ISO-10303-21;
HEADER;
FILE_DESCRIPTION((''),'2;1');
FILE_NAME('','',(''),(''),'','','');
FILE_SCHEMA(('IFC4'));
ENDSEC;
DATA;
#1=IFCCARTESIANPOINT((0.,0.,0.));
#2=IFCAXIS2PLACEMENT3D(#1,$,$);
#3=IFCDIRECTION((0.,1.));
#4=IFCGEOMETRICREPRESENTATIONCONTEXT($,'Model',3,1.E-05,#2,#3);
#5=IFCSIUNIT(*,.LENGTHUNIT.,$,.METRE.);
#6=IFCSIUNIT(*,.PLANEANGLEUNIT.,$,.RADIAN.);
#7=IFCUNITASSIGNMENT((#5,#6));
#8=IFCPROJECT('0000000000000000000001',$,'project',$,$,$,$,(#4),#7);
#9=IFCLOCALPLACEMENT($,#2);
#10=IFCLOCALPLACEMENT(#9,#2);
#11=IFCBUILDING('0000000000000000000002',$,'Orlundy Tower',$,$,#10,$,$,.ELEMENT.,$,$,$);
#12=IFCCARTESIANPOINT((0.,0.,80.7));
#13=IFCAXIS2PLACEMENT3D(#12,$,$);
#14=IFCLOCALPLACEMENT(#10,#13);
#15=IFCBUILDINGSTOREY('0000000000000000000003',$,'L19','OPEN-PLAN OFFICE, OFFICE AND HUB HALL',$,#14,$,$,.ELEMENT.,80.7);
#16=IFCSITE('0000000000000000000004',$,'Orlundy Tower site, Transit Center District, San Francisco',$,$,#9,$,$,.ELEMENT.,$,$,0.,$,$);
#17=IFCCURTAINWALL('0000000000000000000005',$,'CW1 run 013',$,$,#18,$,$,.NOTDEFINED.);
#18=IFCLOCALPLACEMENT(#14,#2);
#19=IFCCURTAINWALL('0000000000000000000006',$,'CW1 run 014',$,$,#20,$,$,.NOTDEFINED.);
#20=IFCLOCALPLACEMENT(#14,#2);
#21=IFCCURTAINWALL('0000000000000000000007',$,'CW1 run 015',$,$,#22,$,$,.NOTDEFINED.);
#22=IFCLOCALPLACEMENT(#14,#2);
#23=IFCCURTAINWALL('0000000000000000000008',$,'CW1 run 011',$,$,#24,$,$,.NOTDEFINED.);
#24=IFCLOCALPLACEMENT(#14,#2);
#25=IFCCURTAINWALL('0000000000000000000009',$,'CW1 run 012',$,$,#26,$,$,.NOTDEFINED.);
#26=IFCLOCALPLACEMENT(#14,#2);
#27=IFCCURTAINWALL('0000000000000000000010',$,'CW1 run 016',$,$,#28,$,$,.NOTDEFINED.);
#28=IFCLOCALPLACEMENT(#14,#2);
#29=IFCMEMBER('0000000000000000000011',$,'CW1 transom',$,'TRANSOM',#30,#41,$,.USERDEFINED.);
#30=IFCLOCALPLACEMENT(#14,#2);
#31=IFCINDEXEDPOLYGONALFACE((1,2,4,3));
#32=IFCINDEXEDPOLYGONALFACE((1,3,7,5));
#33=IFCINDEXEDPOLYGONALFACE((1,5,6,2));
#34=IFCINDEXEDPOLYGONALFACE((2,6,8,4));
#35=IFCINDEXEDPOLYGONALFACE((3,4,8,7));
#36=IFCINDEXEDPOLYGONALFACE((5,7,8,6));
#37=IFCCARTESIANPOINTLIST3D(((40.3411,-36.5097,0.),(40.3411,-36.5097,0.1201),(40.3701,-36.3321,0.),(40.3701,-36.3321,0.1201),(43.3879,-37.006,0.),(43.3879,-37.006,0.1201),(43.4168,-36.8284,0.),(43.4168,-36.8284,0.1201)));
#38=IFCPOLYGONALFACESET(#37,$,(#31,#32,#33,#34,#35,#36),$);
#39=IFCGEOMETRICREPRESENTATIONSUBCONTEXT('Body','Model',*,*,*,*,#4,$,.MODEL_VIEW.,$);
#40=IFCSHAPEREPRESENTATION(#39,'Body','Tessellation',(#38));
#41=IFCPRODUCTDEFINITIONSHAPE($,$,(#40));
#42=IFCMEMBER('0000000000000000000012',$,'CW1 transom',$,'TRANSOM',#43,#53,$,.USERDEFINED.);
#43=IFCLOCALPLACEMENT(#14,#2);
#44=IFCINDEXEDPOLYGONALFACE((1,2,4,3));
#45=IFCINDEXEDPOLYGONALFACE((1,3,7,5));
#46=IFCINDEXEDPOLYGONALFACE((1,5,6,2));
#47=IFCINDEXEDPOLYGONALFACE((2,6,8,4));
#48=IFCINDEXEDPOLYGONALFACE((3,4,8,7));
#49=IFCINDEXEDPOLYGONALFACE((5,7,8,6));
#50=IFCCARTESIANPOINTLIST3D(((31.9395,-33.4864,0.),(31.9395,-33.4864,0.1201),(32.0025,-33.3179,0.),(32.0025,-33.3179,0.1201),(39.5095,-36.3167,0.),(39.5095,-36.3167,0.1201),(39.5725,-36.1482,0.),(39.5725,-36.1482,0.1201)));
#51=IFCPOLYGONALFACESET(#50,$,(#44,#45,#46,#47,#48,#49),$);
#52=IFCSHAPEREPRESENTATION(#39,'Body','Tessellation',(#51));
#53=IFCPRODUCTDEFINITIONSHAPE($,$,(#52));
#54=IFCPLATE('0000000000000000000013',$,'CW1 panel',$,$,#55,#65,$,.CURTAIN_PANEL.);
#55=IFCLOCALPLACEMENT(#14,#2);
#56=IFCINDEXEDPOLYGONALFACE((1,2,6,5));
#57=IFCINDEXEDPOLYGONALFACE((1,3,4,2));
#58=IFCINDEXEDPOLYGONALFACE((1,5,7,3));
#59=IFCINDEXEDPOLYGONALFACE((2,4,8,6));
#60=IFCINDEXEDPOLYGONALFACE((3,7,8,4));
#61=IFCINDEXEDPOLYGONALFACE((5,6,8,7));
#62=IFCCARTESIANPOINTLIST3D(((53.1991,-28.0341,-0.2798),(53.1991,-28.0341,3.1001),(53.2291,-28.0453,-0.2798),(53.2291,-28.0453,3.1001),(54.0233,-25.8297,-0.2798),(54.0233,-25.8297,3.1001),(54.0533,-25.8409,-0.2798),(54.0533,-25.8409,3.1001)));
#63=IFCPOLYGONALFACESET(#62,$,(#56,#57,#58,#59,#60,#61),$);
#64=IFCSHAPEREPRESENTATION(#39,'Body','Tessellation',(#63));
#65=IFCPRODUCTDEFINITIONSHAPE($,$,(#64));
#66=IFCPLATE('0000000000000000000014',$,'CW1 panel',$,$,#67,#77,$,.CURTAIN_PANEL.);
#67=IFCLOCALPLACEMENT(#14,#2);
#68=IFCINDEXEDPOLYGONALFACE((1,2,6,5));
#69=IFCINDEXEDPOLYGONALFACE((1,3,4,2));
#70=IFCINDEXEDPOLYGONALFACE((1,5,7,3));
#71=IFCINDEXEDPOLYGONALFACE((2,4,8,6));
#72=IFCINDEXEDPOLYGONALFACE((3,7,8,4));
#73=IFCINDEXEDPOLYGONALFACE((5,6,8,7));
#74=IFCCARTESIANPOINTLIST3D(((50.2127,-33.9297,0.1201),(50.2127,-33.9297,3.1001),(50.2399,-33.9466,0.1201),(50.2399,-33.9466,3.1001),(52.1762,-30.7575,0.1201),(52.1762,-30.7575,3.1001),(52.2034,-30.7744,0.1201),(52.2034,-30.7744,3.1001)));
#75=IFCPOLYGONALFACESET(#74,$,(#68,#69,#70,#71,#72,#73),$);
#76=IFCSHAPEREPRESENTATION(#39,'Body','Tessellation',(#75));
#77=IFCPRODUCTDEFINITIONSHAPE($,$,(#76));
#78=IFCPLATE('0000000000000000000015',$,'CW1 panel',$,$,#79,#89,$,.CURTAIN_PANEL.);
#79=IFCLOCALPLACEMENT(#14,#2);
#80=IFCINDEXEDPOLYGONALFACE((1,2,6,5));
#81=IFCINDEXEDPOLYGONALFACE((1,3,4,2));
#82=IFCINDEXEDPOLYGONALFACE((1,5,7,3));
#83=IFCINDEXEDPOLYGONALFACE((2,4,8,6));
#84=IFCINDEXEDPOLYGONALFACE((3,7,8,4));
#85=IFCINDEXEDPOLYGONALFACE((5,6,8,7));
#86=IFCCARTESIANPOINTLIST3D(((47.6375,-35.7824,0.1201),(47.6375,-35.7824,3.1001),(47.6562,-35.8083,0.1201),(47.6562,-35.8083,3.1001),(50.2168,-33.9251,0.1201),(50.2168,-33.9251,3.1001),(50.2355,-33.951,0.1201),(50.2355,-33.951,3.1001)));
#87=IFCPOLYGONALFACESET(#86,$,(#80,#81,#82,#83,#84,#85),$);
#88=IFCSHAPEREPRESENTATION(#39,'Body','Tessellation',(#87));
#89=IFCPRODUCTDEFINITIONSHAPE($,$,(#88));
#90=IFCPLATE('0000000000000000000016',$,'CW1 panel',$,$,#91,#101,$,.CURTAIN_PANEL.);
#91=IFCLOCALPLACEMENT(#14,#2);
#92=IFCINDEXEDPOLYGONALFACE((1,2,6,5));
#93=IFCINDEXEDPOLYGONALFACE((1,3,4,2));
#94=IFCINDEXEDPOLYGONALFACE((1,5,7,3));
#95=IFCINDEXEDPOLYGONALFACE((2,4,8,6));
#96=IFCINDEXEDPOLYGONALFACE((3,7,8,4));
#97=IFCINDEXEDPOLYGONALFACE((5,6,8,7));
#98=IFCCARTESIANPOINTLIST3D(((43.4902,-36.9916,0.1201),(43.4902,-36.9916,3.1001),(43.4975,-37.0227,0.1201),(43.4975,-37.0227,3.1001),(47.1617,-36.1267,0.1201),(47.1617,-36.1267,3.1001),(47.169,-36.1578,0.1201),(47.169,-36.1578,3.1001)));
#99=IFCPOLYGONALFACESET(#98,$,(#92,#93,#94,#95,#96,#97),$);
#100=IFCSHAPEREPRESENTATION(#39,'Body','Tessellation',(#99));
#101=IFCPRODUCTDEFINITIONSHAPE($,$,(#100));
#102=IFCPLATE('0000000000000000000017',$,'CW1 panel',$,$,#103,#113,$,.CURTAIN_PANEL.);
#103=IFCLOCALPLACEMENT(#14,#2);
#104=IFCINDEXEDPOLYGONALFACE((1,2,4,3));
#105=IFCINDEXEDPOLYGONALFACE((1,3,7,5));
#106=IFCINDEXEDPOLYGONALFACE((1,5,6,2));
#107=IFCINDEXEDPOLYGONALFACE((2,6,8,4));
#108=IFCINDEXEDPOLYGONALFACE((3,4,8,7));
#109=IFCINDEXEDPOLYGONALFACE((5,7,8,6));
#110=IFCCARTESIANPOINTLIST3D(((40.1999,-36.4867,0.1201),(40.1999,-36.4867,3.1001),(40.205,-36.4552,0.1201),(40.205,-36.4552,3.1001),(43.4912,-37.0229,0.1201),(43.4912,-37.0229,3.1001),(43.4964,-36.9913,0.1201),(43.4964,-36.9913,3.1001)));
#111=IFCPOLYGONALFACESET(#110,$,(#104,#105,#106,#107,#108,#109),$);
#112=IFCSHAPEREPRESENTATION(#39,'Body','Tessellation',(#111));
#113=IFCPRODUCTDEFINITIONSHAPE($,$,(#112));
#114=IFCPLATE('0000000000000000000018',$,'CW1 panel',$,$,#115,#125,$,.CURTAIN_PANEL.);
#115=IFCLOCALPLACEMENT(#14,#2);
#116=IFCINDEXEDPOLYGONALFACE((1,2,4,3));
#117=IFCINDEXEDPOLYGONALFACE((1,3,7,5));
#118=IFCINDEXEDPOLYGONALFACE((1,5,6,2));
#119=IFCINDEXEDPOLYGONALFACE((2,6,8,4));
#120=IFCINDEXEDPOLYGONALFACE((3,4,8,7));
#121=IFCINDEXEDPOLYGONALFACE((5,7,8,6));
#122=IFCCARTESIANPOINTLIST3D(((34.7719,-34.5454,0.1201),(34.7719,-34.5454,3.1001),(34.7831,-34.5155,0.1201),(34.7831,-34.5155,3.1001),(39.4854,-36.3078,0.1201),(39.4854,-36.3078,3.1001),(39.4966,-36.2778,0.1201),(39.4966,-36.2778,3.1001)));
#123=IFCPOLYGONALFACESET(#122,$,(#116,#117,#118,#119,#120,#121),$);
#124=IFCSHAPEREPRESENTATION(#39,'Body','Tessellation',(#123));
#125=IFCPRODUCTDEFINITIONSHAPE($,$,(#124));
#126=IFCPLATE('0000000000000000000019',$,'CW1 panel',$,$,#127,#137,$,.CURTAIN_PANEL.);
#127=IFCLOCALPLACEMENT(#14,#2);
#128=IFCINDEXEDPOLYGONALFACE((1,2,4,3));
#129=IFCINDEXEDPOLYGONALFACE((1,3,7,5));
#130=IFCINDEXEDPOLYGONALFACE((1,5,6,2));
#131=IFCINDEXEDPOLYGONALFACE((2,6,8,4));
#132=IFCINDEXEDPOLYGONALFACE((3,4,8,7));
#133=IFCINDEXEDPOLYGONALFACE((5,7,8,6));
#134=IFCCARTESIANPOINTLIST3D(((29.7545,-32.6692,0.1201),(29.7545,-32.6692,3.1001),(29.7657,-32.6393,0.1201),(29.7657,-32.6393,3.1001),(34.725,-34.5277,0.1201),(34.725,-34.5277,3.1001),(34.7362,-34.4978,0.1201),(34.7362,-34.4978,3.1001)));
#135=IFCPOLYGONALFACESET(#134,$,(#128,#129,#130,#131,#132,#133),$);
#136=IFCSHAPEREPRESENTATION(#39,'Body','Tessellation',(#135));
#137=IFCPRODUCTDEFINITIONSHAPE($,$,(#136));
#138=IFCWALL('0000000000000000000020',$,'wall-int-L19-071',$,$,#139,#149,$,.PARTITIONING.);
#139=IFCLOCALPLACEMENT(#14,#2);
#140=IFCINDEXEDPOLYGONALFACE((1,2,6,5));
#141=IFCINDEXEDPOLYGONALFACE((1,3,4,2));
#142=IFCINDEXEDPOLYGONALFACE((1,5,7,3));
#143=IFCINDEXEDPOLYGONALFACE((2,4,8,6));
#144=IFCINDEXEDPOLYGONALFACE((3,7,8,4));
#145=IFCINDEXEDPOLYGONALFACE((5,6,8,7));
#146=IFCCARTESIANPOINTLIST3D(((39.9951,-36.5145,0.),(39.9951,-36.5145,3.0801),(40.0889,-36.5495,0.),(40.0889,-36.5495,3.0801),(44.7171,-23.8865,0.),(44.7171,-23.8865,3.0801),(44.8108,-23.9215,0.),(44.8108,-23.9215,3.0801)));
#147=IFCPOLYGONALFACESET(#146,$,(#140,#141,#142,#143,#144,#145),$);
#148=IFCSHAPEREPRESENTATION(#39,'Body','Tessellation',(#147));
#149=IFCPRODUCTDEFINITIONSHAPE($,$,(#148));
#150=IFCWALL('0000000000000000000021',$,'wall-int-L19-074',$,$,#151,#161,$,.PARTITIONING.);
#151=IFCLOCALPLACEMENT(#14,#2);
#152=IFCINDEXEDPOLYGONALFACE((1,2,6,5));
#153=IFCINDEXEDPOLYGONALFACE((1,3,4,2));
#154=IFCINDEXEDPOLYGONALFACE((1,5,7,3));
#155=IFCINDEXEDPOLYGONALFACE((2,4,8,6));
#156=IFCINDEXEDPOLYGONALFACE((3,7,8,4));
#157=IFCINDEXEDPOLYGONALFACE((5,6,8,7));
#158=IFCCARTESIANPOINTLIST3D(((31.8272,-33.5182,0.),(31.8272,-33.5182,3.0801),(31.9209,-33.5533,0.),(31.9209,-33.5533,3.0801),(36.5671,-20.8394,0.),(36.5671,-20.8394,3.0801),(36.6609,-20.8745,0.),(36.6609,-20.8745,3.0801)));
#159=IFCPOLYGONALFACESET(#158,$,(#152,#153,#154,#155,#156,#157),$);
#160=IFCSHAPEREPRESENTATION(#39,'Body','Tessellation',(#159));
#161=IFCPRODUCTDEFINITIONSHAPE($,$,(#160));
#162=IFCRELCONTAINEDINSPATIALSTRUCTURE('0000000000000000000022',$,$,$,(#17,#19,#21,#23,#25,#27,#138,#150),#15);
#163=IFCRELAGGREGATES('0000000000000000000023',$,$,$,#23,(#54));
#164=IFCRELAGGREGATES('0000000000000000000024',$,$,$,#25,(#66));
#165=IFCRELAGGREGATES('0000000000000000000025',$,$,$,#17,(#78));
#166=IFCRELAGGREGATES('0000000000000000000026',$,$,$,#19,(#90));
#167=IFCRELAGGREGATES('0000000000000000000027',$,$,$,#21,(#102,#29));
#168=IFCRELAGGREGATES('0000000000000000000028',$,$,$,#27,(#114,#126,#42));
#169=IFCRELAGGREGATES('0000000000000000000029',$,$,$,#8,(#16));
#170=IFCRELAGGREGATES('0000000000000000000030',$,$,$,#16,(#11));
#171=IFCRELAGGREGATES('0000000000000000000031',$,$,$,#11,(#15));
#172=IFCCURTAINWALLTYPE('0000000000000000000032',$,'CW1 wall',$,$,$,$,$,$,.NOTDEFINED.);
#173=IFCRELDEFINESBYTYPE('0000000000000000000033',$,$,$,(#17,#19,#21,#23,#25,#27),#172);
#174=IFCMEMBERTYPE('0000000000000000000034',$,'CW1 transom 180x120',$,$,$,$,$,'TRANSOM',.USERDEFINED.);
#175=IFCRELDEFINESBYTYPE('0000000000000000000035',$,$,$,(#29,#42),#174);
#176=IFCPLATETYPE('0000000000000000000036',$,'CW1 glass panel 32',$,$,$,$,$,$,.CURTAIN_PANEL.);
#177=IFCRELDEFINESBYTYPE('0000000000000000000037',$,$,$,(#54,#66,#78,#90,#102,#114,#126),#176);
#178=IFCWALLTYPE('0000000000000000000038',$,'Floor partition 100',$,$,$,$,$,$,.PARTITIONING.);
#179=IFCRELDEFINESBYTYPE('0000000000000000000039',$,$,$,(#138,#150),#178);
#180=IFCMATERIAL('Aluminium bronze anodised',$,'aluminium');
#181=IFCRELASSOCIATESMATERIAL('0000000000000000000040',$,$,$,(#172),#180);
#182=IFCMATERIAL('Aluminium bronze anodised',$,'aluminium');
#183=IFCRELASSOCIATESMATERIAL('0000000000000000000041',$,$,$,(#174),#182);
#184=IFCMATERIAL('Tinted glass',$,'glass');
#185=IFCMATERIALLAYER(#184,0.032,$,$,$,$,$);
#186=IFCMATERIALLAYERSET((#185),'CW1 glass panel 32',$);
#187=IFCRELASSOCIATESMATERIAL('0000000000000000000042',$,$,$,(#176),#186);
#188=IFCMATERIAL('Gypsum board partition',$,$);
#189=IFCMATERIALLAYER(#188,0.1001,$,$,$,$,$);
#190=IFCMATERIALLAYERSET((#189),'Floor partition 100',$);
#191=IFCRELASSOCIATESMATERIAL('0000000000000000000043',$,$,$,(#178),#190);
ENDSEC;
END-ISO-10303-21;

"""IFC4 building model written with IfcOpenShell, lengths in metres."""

from ifc_helpers import new_model, si_unit, direction, frame, frame_2d, origin, origin_2d, place, context, subcontext, project, spatial, rectangle, extrude, material, layer, layer_set, material_profile, profile_set, type_object, element, aggregate, save


model = new_model("IFC4")

# Units and contexts
model_context = context("Model", 3, precision=1e-05, world=origin(), true_north=direction((0.0, 1.0)))
body_context = subcontext(model_context, "Body", "Model", "MODEL_VIEW")
ifc_project = project(units=[si_unit("LENGTHUNIT", "METRE"), si_unit("PLANEANGLEUNIT", "RADIAN")], contexts=[model_context])

# Site, building, storey
site_placement = place(None, origin())
site = spatial("IfcSite", under=ifc_project, at=site_placement, Name="Orlundy Tower site, Transit Center District, San Francisco", CompositionType="ELEMENT", RefElevation=0.0)
building_placement = place(site_placement, origin())
building = spatial("IfcBuilding", under=site, at=building_placement, Name="Orlundy Tower", CompositionType="ELEMENT")
storey_placement = place(building_placement, frame((0.0, 0.0, 80.7)))
storey = spatial("IfcBuildingStorey", under=building, at=storey_placement, Name="L19", Description="OPEN-PLAN OFFICE, OFFICE AND HUB HALL", CompositionType="ELEMENT", Elevation=80.7)

# Curtain walls
ifc_material_1 = material(Name="Aluminium bronze anodised", Category="aluminium")
curtain_wall_type = type_object("IfcCurtainWallType", Name="CW1 wall", PredefinedType="NOTDEFINED", material=ifc_material_1)
curtain_wall_1_placement = place(storey_placement, origin())
curtain_wall_1 = element("IfcCurtainWall", 1, at=curtain_wall_1_placement, inside=storey, type_object=curtain_wall_type, Name="CW1 run 013", PredefinedType="NOTDEFINED")
curtain_wall_2_placement = place(storey_placement, origin())
curtain_wall_2 = element("IfcCurtainWall", 2, at=curtain_wall_2_placement, inside=storey, type_object=curtain_wall_type, Name="CW1 run 014", PredefinedType="NOTDEFINED")
curtain_wall_3_placement = place(storey_placement, origin())
curtain_wall_3 = element("IfcCurtainWall", 3, at=curtain_wall_3_placement, inside=storey, type_object=curtain_wall_type, Name="CW1 run 015", PredefinedType="NOTDEFINED")
curtain_wall_4_placement = place(storey_placement, origin())
curtain_wall_4 = element("IfcCurtainWall", 4, at=curtain_wall_4_placement, inside=storey, type_object=curtain_wall_type, Name="CW1 run 011", PredefinedType="NOTDEFINED")
curtain_wall_5_placement = place(storey_placement, origin())
curtain_wall_5 = element("IfcCurtainWall", 5, at=curtain_wall_5_placement, inside=storey, type_object=curtain_wall_type, Name="CW1 run 012", PredefinedType="NOTDEFINED")
curtain_wall_6_placement = place(storey_placement, origin())
curtain_wall_6 = element("IfcCurtainWall", 6, at=curtain_wall_6_placement, inside=storey, type_object=curtain_wall_type, Name="CW1 run 016", PredefinedType="NOTDEFINED")

# Members
ifc_material_2 = material(Name="Aluminium bronze anodised", Category="aluminium")
ifc_material_profile_1 = material_profile(ifc_material_2, rectangle(XDim=0.1799, YDim=0.1201, at=origin_2d()), Name="CW1 transom 180x120")
ifc_profile_set_1 = profile_set([ifc_material_profile_1], Name="Aluminium bronze anodised")
member_type_1 = type_object("IfcMemberType", Name="CW1 transom 180x120", ElementType="TRANSOM", PredefinedType="USERDEFINED", material=ifc_profile_set_1)
member_1_placement = place(storey_placement, frame((43.4023, -36.9172, 0.0601), z_axis=(-0.986988, 0.160794, 0.0), x_axis=(-0.160794, -0.986988, 0.0)))
member_1 = element("IfcMember", 7, at=member_1_placement, type_object=member_type_1, Name="CW1 transom", ObjectType="TRANSOM", PredefinedType="USERDEFINED", context=body_context, shape_type="SweptSolid", body=[
    extrude(rectangle(XDim=0.1799, YDim=0.1201, at=origin_2d()), origin(), (0.0, 0.0, 1.0), 3.0869),
])
member_2_placement = place(storey_placement, frame((39.541, -36.2324, 0.0601), z_axis=(-0.936673, 0.350206, 0.0), x_axis=(-0.350206, -0.936673, 0.0)))
member_2 = element("IfcMember", 8, at=member_2_placement, type_object=member_type_1, Name="CW1 transom", ObjectType="TRANSOM", PredefinedType="USERDEFINED", context=body_context, shape_type="SweptSolid", body=[
    extrude(rectangle(XDim=0.1799, YDim=0.1201, at=origin_2d()), origin(), (0.0, 0.0, 1.0), 8.0818),
])

# Plates
ifc_material_3 = material(Name="Tinted glass", Category="glass")
ifc_layer_1 = layer(ifc_material_3, 0.032)
ifc_layer_set_1 = layer_set([ifc_layer_1], Name="CW1 glass panel 32")
plate_type = type_object("IfcPlateType", Name="CW1 glass panel 32", PredefinedType="CURTAIN_PANEL", material=ifc_layer_set_1)
plate_1_placement = place(storey_placement, frame((53.6262, -26.9375, -0.2798), z_axis=(0.0, 0.0, 1.0), x_axis=(-0.350194, -0.936677, 0.0)))
plate_1 = element("IfcPlate", 9, at=plate_1_placement, type_object=plate_type, Name="CW1 panel", PredefinedType="CURTAIN_PANEL", context=body_context, shape_type="SweptSolid", body=[
    extrude(rectangle(XDim=2.3535, YDim=0.032, at=origin_2d()), origin(), (0.0, 0.0, 1.0), 3.3799),
])
aggregate(curtain_wall_4, [plate_1])
plate_2_placement = place(storey_placement, frame((51.208, -32.3521, 0.1201), z_axis=(0.0, 0.0, 1.0), x_axis=(-0.526308, -0.850294, 0.0)))
plate_2 = element("IfcPlate", 10, at=plate_2_placement, type_object=plate_type, Name="CW1 panel", PredefinedType="CURTAIN_PANEL", context=body_context, shape_type="SweptSolid", body=[
    extrude(rectangle(XDim=3.7307, YDim=0.032, at=origin_2d()), origin(), (0.0, 0.0, 1.0), 2.98),
])
aggregate(curtain_wall_5, [plate_2])
plate_3_placement = place(storey_placement, frame((48.9365, -34.8667, 0.1201), z_axis=(0.0, 0.0, 1.0), x_axis=(-0.811504, -0.584347, 0.0)))
plate_3 = element("IfcPlate", 11, at=plate_3_placement, type_object=plate_type, Name="CW1 panel", PredefinedType="CURTAIN_PANEL", context=body_context, shape_type="SweptSolid", body=[
    extrude(rectangle(XDim=3.1785, YDim=0.032, at=origin_2d()), origin(), (0.0, 0.0, 1.0), 2.98),
])
aggregate(curtain_wall_1, [plate_3])
plate_4_placement = place(storey_placement, frame((45.3296, -36.5747, 0.1201), z_axis=(0.0, 0.0, 1.0), x_axis=(-0.973353, -0.22931, 0.0)))
plate_4 = element("IfcPlate", 12, at=plate_4_placement, type_object=plate_type, Name="CW1 panel", PredefinedType="CURTAIN_PANEL", context=body_context, shape_type="SweptSolid", body=[
    extrude(rectangle(XDim=3.772, YDim=0.032, at=origin_2d()), origin(), (0.0, 0.0, 1.0), 2.98),
])
aggregate(curtain_wall_2, [plate_4])
plate_5_placement = place(storey_placement, frame((41.8481, -36.739, 0.1201), z_axis=(0.0, 0.0, 1.0), x_axis=(-0.986992, 0.160767, 0.0)))
plate_5 = element("IfcPlate", 13, at=plate_5_placement, type_object=plate_type, Name="CW1 panel", PredefinedType="CURTAIN_PANEL", context=body_context, shape_type="SweptSolid", body=[
    extrude(rectangle(XDim=3.3347, YDim=0.032, at=origin_2d()), origin(), (0.0, 0.0, 1.0), 2.98),
])
aggregate(curtain_wall_3, [plate_5, member_1])
plate_6_placement = place(storey_placement, frame((37.1343, -35.4116, 0.1201), z_axis=(0.0, 0.0, 1.0), x_axis=(-0.936668, 0.350219, 0.0)))
plate_6 = element("IfcPlate", 14, at=plate_6_placement, type_object=plate_type, Name="CW1 panel", PredefinedType="CURTAIN_PANEL", context=body_context, shape_type="SweptSolid", body=[
    extrude(rectangle(XDim=5.0322, YDim=0.032, at=origin_2d()), origin(), (0.0, 0.0, 1.0), 2.98),
])
plate_7_placement = place(storey_placement, frame((32.2454, -33.5835, 0.1201), z_axis=(0.0, 0.0, 1.0), x_axis=(-0.936668, 0.350219, 0.0)))
plate_7 = element("IfcPlate", 15, at=plate_7_placement, type_object=plate_type, Name="CW1 panel", PredefinedType="CURTAIN_PANEL", context=body_context, shape_type="SweptSolid", body=[
    extrude(rectangle(XDim=5.3066, YDim=0.032, at=origin_2d()), origin(), (0.0, 0.0, 1.0), 2.98),
])
aggregate(curtain_wall_6, [plate_6, plate_7, member_2])

# Walls
ifc_material_4 = material(Name="Gypsum board partition")
ifc_layer_2 = layer(ifc_material_4, 0.1001)
ifc_layer_set_2 = layer_set([ifc_layer_2], Name="Floor partition 100")
wall_type_1 = type_object("IfcWallType", Name="Floor partition 100", PredefinedType="PARTITIONING", material=ifc_layer_set_2)
wall_1_placement = place(storey_placement, frame((40.042, -36.532, 0.0), z_axis=(0.0, 0.0, 1.0), x_axis=(0.350242, 0.936659, 0.0)))
element("IfcWall", 16, at=wall_1_placement, inside=storey, type_object=wall_type_1, Name="wall-int-L19-071", PredefinedType="PARTITIONING", context=body_context, shape_type="SweptSolid", body=[
    extrude(rectangle(XDim=13.4819, YDim=0.1001, at=frame_2d((6.741, 0.0))), origin(), (0.0, 0.0, 1.0), 3.0801),
])
wall_2_placement = place(storey_placement, frame((31.874, -33.5359, 0.0), z_axis=(0.0, 0.0, 1.0), x_axis=(0.350176, 0.936684, 0.0)))
element("IfcWall", 17, at=wall_2_placement, inside=storey, type_object=wall_type_1, Name="wall-int-L19-074", PredefinedType="PARTITIONING", context=body_context, shape_type="SweptSolid", body=[
    extrude(rectangle(XDim=13.5359, YDim=0.1001, at=frame_2d((6.7681, 0.0))), origin(), (0.0, 0.0, 1.0), 3.0801),
])

save(model, "model.ifc")
